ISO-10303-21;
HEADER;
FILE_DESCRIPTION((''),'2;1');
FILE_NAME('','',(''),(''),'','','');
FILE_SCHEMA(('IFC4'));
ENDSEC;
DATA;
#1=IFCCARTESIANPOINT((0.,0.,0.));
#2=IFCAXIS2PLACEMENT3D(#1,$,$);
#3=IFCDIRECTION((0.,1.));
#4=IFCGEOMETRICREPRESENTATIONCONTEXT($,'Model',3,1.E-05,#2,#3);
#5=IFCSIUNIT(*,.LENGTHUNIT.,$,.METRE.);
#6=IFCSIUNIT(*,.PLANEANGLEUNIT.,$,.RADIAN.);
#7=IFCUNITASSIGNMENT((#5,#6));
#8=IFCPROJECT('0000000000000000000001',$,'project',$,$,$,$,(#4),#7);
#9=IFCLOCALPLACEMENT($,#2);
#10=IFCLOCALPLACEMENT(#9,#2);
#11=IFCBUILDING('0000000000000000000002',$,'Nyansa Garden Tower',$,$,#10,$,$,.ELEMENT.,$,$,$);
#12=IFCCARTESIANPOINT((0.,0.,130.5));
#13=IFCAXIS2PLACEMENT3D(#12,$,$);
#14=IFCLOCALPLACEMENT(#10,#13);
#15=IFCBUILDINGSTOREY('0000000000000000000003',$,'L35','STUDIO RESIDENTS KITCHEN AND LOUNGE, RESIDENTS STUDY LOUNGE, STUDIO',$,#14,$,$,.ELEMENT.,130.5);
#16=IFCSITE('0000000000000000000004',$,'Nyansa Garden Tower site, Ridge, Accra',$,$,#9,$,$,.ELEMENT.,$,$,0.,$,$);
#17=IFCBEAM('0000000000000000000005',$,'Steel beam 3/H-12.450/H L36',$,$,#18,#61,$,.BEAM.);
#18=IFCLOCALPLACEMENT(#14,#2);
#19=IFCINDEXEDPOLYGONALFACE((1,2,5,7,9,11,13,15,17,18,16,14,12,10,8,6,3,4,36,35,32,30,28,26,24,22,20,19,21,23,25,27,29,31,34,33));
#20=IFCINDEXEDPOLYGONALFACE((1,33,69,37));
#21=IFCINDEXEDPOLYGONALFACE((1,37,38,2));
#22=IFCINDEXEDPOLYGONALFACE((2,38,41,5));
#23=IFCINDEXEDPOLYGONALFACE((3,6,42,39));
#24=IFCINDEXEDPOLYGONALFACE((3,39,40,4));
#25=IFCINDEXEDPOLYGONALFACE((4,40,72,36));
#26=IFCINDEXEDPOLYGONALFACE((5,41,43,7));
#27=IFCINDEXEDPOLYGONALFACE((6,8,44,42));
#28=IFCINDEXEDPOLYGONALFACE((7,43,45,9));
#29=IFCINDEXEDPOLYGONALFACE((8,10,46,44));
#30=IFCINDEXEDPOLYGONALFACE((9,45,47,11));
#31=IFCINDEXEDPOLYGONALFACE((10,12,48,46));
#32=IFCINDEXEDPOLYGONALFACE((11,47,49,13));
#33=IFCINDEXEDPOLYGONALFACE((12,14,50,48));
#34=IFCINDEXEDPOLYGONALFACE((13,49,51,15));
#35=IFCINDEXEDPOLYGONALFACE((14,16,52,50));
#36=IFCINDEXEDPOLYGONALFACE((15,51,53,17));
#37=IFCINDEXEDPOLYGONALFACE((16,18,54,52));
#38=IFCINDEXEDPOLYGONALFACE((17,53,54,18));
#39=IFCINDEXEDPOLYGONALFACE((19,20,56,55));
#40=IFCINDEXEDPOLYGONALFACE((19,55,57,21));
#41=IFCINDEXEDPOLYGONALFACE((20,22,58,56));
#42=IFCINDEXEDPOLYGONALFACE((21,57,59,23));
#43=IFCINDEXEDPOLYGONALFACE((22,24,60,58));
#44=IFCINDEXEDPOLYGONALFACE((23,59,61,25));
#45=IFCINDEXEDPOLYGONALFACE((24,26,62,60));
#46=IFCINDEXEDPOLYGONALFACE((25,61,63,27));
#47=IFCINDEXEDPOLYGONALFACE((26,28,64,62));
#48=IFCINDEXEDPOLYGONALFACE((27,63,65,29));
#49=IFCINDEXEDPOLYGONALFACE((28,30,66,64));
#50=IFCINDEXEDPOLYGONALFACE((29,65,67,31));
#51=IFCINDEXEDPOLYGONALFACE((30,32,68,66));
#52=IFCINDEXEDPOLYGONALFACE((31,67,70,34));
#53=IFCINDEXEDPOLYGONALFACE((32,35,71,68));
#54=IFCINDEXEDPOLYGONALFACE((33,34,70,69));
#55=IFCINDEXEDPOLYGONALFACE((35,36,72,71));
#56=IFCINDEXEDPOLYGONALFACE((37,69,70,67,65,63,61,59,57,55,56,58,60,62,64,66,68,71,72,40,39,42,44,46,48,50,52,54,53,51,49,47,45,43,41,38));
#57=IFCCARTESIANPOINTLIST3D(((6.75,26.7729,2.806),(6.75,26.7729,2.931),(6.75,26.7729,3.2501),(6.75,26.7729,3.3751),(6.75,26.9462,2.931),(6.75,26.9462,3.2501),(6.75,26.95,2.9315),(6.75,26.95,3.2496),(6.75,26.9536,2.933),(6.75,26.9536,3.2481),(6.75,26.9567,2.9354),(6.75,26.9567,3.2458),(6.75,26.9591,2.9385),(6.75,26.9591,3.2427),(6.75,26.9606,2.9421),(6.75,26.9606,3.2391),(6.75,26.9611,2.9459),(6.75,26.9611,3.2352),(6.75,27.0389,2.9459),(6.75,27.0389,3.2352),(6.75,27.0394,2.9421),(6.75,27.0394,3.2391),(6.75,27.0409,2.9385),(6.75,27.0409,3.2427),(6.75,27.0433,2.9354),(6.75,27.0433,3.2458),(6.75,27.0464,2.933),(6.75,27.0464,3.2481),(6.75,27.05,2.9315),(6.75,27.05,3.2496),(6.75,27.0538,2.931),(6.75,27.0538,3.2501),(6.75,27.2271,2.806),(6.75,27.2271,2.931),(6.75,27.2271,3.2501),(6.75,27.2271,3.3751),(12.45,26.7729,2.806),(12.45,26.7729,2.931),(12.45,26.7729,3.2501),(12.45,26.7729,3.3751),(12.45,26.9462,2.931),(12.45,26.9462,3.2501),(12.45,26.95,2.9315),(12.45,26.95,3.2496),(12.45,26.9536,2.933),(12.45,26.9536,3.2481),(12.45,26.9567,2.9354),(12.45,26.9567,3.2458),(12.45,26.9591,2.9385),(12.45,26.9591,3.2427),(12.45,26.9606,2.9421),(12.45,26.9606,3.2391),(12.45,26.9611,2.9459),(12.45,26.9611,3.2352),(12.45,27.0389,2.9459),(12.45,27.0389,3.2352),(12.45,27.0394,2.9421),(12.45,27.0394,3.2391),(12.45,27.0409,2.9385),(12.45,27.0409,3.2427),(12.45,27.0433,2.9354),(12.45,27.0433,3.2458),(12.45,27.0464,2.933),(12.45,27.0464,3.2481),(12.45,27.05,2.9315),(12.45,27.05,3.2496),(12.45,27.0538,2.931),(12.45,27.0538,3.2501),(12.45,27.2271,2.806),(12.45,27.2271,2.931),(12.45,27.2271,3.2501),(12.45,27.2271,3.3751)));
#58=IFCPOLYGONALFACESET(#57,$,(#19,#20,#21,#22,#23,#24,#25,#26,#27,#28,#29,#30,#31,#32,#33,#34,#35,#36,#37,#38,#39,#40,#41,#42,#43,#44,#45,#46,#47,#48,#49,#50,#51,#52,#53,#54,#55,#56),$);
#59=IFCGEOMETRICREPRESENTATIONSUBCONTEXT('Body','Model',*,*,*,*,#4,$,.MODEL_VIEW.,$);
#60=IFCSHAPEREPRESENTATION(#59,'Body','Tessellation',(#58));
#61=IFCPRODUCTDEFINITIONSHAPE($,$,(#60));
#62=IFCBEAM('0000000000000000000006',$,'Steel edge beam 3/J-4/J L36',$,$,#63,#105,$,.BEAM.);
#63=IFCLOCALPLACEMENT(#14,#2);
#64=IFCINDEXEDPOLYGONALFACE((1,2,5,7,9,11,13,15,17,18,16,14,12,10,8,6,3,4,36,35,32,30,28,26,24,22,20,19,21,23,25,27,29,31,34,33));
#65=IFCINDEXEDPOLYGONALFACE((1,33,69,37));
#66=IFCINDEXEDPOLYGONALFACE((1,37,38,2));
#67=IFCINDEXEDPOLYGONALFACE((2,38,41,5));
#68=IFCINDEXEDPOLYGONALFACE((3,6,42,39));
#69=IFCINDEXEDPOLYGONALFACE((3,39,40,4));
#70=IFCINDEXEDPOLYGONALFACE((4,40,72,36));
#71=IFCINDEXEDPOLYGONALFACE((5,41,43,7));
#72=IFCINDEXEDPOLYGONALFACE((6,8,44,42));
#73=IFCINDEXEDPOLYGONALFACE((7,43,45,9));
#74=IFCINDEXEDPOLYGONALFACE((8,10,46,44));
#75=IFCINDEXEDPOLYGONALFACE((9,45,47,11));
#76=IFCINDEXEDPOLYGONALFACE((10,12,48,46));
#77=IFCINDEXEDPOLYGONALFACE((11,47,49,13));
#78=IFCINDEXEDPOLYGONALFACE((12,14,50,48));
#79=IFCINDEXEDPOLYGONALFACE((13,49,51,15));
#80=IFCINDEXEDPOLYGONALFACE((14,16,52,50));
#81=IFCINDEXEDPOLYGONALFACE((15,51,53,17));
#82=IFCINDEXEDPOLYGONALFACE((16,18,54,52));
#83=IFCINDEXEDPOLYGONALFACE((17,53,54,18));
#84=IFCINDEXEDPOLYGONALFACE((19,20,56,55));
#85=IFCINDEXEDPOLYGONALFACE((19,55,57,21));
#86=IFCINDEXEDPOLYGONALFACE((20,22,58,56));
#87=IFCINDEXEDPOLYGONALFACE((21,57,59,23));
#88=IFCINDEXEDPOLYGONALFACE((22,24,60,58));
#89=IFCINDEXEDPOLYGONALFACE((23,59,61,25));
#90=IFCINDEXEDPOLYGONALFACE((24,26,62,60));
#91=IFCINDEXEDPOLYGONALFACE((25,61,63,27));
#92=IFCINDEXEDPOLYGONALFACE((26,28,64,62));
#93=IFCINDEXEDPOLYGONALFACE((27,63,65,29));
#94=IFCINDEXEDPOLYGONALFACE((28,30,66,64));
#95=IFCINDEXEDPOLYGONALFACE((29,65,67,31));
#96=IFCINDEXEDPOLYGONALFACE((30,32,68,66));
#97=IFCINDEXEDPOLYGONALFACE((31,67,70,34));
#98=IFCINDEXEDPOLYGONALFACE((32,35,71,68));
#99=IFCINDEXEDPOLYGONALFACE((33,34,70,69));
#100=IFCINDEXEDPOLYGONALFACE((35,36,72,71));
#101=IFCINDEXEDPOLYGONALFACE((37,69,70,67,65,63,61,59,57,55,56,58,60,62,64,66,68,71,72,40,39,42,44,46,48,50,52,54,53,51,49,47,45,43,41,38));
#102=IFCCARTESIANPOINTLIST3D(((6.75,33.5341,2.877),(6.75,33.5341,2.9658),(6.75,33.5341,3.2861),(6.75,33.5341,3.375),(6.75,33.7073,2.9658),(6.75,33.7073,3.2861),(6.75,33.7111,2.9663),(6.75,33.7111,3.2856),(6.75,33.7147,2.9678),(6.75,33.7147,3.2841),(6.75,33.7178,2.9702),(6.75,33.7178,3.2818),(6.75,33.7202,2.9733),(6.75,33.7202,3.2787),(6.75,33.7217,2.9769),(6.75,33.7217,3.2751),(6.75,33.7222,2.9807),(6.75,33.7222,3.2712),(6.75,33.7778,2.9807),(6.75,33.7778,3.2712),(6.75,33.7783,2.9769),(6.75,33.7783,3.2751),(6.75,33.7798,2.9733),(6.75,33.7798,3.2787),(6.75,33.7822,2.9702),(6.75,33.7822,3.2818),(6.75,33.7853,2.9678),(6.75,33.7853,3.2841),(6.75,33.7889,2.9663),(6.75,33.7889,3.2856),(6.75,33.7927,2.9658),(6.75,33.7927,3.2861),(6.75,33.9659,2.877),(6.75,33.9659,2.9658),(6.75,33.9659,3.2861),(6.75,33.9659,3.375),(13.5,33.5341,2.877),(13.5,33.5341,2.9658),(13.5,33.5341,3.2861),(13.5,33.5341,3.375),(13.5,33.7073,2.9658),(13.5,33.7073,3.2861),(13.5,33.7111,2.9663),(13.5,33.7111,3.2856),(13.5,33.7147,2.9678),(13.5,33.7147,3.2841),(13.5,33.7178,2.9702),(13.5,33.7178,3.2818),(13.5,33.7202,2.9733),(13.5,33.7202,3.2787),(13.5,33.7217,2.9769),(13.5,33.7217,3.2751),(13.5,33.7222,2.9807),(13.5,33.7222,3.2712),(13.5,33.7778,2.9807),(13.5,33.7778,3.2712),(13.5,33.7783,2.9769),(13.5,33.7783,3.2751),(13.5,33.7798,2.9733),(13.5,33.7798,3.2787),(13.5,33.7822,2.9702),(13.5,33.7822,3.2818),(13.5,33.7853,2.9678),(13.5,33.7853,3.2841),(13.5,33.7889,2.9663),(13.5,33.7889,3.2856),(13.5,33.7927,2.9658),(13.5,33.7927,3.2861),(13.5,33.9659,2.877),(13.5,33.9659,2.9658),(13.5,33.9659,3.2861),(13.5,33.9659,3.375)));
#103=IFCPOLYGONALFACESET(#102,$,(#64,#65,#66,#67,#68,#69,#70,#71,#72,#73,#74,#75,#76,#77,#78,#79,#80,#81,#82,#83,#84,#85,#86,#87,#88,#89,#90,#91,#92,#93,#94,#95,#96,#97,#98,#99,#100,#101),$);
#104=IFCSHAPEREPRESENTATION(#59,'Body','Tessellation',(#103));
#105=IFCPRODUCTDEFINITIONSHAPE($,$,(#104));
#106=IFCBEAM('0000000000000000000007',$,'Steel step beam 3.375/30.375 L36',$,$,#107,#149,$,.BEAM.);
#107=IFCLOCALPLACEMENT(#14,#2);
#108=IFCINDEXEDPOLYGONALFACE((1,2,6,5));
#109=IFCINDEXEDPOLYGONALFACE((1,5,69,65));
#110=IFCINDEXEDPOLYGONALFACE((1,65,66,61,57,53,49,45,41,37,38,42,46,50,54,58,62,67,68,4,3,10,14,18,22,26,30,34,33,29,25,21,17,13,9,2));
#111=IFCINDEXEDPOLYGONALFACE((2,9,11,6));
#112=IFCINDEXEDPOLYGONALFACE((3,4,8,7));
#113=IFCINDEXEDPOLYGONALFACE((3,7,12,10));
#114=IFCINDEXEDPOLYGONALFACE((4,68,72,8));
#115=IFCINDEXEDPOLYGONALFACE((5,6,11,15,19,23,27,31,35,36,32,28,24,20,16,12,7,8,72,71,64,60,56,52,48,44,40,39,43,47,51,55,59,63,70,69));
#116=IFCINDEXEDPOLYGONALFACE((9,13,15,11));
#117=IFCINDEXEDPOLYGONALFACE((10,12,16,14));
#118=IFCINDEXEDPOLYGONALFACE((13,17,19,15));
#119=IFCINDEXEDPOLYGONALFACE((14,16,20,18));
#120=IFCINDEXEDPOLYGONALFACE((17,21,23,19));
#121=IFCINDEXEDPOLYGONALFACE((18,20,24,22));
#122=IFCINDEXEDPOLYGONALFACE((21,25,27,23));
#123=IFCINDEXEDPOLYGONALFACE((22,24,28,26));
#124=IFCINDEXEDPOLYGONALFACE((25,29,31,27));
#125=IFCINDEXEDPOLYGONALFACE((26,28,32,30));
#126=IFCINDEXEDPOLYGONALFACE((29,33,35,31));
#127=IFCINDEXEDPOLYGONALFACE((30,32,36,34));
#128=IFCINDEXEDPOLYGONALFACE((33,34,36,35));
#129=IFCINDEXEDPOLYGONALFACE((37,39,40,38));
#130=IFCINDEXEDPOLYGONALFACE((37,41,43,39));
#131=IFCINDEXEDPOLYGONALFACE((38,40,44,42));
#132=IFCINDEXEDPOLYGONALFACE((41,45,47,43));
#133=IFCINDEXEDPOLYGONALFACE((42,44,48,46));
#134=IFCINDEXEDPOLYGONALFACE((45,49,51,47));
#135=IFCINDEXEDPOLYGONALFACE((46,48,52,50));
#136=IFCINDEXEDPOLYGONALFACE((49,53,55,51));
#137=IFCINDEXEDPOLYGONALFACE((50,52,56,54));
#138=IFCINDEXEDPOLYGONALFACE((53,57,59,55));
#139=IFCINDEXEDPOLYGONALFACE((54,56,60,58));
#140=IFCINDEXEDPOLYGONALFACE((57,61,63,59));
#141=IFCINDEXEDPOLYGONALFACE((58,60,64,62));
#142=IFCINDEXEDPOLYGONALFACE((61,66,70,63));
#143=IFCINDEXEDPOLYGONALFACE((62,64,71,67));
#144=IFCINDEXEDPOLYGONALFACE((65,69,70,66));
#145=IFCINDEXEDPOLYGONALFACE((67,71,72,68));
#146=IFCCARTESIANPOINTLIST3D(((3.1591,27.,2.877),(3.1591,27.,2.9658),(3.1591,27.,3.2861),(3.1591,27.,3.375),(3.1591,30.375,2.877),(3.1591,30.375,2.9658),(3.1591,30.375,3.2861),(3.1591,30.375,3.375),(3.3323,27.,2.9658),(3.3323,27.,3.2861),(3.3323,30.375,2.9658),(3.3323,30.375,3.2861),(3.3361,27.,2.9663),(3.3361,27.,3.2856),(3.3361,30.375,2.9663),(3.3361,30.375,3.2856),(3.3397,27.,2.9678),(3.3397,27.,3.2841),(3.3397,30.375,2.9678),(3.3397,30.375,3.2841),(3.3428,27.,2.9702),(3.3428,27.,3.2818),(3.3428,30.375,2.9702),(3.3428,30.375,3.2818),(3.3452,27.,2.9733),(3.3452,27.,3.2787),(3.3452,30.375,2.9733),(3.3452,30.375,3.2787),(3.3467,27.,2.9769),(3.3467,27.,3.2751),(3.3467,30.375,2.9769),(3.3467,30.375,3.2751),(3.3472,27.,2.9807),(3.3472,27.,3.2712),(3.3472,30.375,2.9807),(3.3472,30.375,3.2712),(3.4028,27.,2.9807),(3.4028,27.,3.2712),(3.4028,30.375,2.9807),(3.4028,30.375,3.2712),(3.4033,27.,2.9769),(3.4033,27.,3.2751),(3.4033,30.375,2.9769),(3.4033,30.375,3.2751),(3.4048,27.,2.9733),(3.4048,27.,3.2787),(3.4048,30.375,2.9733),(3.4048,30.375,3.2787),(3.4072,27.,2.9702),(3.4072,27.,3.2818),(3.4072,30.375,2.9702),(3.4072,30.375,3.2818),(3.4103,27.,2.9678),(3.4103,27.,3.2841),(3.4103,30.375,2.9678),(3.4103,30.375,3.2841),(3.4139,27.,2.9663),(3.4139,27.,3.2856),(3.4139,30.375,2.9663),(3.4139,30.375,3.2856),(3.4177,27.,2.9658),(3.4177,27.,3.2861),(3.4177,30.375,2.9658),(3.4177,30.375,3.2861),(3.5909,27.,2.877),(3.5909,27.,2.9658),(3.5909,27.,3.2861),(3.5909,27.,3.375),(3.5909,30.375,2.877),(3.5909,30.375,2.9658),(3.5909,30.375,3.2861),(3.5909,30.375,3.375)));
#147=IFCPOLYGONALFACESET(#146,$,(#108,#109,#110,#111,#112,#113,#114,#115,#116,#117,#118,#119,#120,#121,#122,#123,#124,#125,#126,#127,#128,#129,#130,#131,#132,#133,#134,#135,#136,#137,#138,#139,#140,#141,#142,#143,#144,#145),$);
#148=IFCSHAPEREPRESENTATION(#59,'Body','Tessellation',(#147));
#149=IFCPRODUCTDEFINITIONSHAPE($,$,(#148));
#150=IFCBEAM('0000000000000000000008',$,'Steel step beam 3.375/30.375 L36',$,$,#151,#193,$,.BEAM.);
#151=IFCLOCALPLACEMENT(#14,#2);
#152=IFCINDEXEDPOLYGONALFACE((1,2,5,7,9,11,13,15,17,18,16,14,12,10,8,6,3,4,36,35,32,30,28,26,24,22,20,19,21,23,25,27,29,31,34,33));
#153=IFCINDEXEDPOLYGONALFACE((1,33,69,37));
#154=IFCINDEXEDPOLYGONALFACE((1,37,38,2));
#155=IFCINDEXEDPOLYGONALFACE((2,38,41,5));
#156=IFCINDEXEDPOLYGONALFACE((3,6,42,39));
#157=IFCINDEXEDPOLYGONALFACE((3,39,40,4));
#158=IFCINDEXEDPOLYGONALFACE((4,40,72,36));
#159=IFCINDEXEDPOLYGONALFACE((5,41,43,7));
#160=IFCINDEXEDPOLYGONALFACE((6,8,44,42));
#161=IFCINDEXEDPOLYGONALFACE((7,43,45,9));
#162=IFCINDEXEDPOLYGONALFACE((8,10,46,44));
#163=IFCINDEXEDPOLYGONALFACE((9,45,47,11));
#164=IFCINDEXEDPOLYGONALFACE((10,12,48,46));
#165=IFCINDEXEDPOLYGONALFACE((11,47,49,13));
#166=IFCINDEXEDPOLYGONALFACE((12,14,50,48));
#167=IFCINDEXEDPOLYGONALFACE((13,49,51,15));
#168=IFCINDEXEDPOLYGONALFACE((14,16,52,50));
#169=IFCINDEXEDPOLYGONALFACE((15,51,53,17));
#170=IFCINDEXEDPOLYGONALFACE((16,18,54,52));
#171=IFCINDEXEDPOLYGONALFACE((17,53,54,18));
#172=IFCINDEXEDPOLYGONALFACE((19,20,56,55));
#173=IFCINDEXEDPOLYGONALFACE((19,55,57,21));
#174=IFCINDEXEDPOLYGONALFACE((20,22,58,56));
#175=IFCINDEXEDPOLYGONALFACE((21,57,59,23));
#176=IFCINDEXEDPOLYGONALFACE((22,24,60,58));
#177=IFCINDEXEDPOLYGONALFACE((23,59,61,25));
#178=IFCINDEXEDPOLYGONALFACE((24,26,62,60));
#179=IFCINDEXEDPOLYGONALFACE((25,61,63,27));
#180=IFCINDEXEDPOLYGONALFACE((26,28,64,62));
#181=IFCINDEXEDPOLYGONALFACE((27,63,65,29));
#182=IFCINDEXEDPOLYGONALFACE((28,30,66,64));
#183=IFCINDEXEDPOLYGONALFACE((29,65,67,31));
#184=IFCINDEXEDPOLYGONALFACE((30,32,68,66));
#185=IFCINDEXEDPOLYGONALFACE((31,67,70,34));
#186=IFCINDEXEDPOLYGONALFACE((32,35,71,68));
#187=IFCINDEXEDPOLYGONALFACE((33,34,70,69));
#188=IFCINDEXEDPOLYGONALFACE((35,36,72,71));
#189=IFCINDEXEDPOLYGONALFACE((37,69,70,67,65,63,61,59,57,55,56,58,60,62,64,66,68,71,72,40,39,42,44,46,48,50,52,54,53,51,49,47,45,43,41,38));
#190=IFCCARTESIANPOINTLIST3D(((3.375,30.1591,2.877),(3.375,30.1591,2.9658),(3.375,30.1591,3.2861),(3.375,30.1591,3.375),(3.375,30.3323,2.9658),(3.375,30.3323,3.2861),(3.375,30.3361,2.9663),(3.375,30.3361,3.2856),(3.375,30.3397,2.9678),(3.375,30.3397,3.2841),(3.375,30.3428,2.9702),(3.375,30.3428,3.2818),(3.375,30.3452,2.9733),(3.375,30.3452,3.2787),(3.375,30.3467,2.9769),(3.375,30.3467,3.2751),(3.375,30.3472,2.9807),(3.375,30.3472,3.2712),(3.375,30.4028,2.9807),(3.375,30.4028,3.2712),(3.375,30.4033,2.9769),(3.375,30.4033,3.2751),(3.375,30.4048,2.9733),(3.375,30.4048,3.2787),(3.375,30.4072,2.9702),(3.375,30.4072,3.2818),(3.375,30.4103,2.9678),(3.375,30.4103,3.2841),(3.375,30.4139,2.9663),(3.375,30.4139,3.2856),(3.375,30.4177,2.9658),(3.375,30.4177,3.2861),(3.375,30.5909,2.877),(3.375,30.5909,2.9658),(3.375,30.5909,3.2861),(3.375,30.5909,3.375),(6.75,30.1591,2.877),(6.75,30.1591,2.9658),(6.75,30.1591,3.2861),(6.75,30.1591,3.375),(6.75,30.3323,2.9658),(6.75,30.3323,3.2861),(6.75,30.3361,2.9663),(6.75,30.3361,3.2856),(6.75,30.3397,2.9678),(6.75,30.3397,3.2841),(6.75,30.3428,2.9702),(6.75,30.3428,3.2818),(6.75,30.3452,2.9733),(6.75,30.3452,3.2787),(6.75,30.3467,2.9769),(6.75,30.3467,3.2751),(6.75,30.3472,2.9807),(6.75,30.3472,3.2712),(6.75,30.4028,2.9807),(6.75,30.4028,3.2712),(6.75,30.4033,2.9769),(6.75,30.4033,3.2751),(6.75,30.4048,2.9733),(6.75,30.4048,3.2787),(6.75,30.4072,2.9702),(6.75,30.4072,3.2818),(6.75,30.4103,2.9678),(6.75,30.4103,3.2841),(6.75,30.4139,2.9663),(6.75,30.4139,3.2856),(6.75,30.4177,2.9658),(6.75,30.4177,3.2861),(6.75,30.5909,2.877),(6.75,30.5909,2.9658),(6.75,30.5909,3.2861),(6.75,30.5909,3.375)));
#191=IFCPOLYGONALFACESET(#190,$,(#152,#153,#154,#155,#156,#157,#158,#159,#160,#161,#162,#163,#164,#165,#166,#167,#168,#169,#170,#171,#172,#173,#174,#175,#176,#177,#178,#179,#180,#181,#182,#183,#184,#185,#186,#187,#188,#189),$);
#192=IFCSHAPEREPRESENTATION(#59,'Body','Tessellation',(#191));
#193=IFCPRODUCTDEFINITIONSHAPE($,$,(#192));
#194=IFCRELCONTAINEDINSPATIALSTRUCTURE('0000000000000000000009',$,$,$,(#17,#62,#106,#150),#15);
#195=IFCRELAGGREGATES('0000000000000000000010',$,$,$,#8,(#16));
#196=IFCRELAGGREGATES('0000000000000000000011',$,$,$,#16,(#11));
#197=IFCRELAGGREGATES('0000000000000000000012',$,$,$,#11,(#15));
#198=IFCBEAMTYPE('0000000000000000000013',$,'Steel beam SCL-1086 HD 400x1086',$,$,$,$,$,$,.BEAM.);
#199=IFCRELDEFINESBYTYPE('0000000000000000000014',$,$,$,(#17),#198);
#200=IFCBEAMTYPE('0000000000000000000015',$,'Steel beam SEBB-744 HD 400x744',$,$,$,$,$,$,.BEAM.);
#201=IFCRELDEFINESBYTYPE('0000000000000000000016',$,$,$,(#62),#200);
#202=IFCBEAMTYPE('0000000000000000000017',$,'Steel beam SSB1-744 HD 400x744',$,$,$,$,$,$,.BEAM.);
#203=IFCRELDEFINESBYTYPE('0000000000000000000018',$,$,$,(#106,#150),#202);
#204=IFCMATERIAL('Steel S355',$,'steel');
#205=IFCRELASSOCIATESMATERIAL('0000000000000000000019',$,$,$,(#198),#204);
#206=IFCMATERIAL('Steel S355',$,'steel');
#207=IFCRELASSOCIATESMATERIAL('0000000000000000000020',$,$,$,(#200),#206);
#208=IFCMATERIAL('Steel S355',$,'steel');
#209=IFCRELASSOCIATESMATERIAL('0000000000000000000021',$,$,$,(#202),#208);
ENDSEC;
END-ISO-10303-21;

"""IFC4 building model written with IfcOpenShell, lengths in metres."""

from ifc_helpers import new_model, si_unit, direction, frame, origin, origin_2d, place, context, subcontext, project, spatial, i_section, extrude, material, material_profile, profile_set, type_object, element, save


model = new_model("IFC4")

# Units and contexts
model_context = context("Model", 3, precision=1e-05, world=origin(), true_north=direction((0.0, 1.0)))
body_context = subcontext(model_context, "Body", "Model", "MODEL_VIEW")
ifc_project = project(units=[si_unit("LENGTHUNIT", "METRE"), si_unit("PLANEANGLEUNIT", "RADIAN")], contexts=[model_context])

# Site, building, storey
site_placement = place(None, origin())
site = spatial("IfcSite", under=ifc_project, at=site_placement, Name="Nyansa Garden Tower site, Ridge, Accra", CompositionType="ELEMENT", RefElevation=0.0)
building_placement = place(site_placement, origin())
building = spatial("IfcBuilding", under=site, at=building_placement, Name="Nyansa Garden Tower", CompositionType="ELEMENT")
storey_placement = place(building_placement, frame((0.0, 0.0, 130.5)))
storey = spatial("IfcBuildingStorey", under=building, at=storey_placement, Name="L35", Description="STUDIO RESIDENTS KITCHEN AND LOUNGE, RESIDENTS STUDY LOUNGE, STUDIO", CompositionType="ELEMENT", Elevation=130.5)

# Beams
ifc_material_1 = material(Name="Steel S355", Category="steel")
ifc_material_profile_1 = material_profile(ifc_material_1, i_section(OverallWidth=0.4541, OverallDepth=0.5691, WebThickness=0.0779, FlangeThickness=0.125, FilletRadius=0.0149, at=origin_2d()), Name="HD 400x1086")
ifc_profile_set_1 = profile_set([ifc_material_profile_1], Name="Steel S355")
beam_type_1 = type_object("IfcBeamType", Name="Steel beam SCL-1086 HD 400x1086", PredefinedType="BEAM", material=ifc_profile_set_1)
beam_1_placement = place(storey_placement, frame((6.75, 27.0, 3.0906), z_axis=(1.0, 0.0, 0.0), x_axis=(0.0, 1.0, 0.0)))
element("IfcBeam", 1, at=beam_1_placement, inside=storey, type_object=beam_type_1, Name="Steel beam 3/H-12.450/H L36", PredefinedType="BEAM", context=body_context, shape_type="SweptSolid", body=[
    extrude(i_section(OverallWidth=0.4541, OverallDepth=0.5691, WebThickness=0.0779, FlangeThickness=0.125, FilletRadius=0.0149, at=origin_2d()), origin(), (0.0, 0.0, 1.0), 5.7),
])
ifc_material_2 = material(Name="Steel S355", Category="steel")
ifc_material_profile_2 = material_profile(ifc_material_2, i_section(OverallWidth=0.4319, OverallDepth=0.498, WebThickness=0.0557, FlangeThickness=0.0889, FilletRadius=0.0149, at=origin_2d()), Name="HD 400x744")
ifc_profile_set_2 = profile_set([ifc_material_profile_2], Name="Steel S355")
beam_type_2 = type_object("IfcBeamType", Name="Steel beam SEBB-744 HD 400x744", PredefinedType="BEAM", material=ifc_profile_set_2)
beam_2_placement = place(storey_placement, frame((6.75, 33.75, 3.126), z_axis=(1.0, 0.0, 0.0), x_axis=(0.0, 1.0, 0.0)))
element("IfcBeam", 2, at=beam_2_placement, inside=storey, type_object=beam_type_2, Name="Steel edge beam 3/J-4/J L36", PredefinedType="BEAM", context=body_context, shape_type="SweptSolid", body=[
    extrude(i_section(OverallWidth=0.4319, OverallDepth=0.498, WebThickness=0.0557, FlangeThickness=0.0889, FilletRadius=0.0149, at=origin_2d()), origin(), (0.0, 0.0, 1.0), 6.75),
])
ifc_material_3 = material(Name="Steel S355", Category="steel")
ifc_material_profile_3 = material_profile(ifc_material_3, i_section(OverallWidth=0.4319, OverallDepth=0.498, WebThickness=0.0557, FlangeThickness=0.0889, FilletRadius=0.0149, at=origin_2d()), Name="HD 400x744")
ifc_profile_set_3 = profile_set([ifc_material_profile_3], Name="Steel S355")
beam_type_3 = type_object("IfcBeamType", Name="Steel beam SSB1-744 HD 400x744", PredefinedType="BEAM", material=ifc_profile_set_3)
for number, where, z_axis, x_axis, name in (
    (3, (3.375, 30.375, 3.126), (0.0, -1.0, 0.0), (1.0, 0.0, 0.0), "Steel step beam 3.375/30.375 L36"),
    (4, (3.375, 30.375, 3.126), (1.0, 0.0, 0.0), (0.0, 1.0, 0.0), "Steel step beam 3.375/30.375 L36"),
):
    element("IfcBeam", number, at=place(storey_placement, frame(where, z_axis=z_axis, x_axis=x_axis)), inside=storey, type_object=beam_type_3, Name=name, PredefinedType="BEAM", context=body_context, shape_type="SweptSolid", body=[
        extrude(i_section(OverallWidth=0.4319, OverallDepth=0.498, WebThickness=0.0557, FlangeThickness=0.0889, FilletRadius=0.0149, at=origin_2d()), origin(), (0.0, 0.0, 1.0), 3.375),
    ])

save(model, "model.ifc")
